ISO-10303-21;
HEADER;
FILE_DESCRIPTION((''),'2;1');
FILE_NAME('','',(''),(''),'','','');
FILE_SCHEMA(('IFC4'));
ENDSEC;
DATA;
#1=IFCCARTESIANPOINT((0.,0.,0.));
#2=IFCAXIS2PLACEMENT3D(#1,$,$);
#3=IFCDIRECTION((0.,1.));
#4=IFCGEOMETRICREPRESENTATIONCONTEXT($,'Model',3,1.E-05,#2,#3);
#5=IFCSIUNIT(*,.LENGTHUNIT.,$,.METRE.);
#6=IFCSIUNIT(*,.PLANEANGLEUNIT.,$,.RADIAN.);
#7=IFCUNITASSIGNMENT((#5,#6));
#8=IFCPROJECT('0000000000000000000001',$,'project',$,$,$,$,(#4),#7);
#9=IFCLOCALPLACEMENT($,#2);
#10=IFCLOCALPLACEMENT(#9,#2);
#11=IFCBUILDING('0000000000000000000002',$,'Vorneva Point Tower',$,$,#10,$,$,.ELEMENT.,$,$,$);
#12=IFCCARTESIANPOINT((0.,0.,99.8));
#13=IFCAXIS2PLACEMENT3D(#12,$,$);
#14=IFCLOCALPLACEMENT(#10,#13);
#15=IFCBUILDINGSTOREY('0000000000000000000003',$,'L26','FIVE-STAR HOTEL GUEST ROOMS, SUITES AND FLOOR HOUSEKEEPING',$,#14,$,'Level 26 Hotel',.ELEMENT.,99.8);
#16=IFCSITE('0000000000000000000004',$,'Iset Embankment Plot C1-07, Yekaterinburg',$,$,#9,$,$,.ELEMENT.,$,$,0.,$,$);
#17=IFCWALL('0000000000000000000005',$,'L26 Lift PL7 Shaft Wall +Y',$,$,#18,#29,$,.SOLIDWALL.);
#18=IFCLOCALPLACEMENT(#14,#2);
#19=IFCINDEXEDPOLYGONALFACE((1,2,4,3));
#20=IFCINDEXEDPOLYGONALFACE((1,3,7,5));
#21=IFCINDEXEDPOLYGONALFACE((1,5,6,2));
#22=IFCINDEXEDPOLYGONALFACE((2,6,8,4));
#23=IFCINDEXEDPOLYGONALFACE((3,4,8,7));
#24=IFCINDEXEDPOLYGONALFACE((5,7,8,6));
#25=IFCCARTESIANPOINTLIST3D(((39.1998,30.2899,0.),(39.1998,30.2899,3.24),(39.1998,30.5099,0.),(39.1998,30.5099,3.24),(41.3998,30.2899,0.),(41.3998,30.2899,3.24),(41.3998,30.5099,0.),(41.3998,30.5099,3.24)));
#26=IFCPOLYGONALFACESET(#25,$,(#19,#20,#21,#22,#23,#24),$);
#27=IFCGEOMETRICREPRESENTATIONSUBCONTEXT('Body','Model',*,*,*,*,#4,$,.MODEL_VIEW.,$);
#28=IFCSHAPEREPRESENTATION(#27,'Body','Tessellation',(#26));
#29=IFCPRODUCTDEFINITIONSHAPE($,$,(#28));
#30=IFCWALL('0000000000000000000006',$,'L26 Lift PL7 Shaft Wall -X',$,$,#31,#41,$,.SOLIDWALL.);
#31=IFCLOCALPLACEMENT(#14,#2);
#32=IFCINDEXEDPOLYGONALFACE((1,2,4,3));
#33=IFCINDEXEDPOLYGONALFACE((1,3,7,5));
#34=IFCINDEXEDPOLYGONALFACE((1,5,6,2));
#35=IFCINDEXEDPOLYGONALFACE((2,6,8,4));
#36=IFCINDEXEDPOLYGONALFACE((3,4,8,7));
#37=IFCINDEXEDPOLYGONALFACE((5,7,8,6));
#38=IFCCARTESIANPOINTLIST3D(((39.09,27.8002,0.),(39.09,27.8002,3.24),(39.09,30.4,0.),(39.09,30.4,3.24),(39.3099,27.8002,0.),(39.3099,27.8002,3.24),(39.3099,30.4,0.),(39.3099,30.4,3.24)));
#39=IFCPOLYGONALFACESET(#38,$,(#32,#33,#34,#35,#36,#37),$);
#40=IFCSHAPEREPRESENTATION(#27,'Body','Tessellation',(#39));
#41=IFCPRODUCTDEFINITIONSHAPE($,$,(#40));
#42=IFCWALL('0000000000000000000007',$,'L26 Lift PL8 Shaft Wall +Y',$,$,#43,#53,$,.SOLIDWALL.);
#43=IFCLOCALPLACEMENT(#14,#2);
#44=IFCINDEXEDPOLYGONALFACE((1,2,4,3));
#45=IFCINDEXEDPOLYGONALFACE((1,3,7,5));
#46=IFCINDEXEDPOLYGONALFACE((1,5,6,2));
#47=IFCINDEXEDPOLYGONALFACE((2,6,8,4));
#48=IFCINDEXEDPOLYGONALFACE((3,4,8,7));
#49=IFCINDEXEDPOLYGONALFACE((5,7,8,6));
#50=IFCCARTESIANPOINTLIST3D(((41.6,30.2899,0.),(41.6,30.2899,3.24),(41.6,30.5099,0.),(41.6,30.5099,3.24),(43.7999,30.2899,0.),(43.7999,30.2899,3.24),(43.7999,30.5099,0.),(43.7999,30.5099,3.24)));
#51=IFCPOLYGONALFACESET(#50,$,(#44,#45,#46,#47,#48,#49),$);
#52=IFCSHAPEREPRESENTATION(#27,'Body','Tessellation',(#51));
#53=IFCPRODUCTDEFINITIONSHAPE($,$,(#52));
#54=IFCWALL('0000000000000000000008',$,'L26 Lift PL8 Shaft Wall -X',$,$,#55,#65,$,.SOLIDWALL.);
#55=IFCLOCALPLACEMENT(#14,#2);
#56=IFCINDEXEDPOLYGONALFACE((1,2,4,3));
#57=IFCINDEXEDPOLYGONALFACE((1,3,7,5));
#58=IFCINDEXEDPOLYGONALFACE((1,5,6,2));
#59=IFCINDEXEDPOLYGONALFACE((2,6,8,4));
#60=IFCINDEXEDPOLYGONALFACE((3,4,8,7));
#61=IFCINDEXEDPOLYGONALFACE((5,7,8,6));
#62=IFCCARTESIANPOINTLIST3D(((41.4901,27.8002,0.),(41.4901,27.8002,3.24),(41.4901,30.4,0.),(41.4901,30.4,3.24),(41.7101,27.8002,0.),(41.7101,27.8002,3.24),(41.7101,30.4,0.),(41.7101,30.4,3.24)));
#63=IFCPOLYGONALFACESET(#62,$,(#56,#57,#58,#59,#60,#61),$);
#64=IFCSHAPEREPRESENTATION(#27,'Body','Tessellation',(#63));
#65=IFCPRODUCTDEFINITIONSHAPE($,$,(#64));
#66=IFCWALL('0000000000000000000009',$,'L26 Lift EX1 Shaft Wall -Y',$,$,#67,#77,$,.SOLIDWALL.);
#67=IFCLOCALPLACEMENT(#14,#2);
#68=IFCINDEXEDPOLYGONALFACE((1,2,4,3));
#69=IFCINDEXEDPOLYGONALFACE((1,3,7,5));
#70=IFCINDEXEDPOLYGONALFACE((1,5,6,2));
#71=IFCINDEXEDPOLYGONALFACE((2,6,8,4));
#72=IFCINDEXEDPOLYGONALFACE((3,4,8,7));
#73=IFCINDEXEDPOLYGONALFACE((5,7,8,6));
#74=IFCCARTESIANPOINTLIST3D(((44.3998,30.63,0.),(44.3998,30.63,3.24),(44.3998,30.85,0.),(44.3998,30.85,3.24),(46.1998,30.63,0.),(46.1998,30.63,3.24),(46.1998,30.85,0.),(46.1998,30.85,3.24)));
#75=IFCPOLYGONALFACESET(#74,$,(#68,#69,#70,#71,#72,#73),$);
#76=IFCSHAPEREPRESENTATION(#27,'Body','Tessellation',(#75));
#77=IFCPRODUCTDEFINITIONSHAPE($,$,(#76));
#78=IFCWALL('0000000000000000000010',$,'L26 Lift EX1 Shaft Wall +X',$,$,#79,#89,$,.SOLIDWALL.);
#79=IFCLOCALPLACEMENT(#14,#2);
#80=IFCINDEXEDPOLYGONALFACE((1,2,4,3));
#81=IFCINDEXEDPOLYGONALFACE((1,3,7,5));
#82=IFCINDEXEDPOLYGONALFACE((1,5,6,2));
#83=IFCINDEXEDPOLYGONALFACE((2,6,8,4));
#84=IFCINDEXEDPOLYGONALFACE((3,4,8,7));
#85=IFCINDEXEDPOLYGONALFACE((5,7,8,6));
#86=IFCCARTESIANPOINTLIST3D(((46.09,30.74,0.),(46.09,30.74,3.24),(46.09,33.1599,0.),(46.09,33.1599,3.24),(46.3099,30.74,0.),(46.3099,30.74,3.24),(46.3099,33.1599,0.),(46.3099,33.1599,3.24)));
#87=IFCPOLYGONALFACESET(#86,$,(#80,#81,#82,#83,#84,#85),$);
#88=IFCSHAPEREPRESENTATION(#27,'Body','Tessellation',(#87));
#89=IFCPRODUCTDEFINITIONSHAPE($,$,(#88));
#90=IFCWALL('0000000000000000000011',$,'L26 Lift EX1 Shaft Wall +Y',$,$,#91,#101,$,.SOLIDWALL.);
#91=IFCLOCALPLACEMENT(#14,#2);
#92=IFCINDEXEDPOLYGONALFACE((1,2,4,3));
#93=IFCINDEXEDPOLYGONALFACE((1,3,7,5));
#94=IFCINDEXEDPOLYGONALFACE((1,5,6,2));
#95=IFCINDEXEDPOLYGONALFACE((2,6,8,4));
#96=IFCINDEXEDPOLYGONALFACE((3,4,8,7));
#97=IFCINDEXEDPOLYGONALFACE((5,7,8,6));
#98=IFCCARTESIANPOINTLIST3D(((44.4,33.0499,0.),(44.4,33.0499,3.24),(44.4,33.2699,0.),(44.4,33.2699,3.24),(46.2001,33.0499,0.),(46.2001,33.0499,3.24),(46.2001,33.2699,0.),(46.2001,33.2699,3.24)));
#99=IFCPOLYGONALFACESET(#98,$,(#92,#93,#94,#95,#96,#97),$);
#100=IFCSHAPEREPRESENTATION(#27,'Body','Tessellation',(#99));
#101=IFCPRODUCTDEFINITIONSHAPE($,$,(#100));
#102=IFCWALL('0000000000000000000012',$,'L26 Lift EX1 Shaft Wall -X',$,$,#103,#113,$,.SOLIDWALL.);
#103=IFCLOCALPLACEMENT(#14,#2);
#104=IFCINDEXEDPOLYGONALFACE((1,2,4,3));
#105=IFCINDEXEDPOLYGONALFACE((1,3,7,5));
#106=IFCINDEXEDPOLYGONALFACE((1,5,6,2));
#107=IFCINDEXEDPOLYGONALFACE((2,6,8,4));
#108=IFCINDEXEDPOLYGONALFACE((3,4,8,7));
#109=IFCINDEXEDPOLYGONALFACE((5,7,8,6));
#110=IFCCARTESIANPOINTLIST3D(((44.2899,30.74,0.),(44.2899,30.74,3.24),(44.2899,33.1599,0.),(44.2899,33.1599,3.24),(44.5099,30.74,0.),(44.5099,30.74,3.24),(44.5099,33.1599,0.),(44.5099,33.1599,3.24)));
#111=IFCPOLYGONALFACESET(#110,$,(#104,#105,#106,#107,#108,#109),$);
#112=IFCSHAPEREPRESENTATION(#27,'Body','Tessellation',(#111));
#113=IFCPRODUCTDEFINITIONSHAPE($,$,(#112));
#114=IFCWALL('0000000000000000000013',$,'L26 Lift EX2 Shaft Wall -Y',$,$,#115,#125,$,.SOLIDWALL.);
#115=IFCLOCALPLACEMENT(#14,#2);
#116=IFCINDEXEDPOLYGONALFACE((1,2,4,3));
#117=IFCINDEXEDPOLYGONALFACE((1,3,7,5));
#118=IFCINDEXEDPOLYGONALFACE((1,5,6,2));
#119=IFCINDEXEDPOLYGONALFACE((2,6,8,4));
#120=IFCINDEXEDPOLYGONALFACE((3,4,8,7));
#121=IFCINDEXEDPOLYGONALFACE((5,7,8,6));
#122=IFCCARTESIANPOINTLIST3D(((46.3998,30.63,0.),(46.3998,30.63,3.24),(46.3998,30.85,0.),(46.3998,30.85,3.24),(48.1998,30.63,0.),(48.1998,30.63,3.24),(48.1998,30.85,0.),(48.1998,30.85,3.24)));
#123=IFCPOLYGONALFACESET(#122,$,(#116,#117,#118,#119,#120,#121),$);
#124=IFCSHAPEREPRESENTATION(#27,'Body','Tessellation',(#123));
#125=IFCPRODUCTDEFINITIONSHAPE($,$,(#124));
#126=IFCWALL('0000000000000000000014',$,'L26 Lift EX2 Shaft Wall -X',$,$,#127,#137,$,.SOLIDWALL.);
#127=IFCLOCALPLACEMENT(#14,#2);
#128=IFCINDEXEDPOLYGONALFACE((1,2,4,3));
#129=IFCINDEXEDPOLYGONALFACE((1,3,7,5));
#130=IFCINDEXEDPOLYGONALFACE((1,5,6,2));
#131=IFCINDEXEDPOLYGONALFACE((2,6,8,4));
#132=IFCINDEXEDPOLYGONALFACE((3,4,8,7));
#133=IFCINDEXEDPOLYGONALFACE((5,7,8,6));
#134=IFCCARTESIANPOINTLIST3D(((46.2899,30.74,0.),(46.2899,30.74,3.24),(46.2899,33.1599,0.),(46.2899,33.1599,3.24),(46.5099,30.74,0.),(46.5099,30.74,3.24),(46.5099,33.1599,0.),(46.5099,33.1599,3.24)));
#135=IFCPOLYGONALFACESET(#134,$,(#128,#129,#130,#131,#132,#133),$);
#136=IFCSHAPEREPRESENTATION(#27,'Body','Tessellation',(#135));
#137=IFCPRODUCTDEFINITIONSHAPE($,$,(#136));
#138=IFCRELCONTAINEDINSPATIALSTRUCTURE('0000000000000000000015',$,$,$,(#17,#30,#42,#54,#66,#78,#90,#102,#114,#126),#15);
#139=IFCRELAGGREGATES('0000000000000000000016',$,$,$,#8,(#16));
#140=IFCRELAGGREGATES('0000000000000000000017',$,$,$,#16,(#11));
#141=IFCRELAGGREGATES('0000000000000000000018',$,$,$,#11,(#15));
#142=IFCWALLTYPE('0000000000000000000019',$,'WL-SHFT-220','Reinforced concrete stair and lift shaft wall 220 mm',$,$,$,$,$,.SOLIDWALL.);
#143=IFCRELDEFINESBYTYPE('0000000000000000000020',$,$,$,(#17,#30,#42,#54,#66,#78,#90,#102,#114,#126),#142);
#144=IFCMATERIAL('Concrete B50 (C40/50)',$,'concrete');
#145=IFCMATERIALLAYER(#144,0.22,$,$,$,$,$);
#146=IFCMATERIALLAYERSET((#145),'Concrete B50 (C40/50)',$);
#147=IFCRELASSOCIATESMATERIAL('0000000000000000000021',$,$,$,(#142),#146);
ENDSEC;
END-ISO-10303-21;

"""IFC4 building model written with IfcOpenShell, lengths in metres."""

from ifc_helpers import new_model, si_unit, direction, frame, frame_2d, origin, place, context, subcontext, project, spatial, rectangle, extrude, material, layer, layer_set, type_object, element, save


model = new_model("IFC4")

# Units and contexts
model_context = context("Model", 3, precision=1e-05, world=origin(), true_north=direction((0.0, 1.0)))
body_context = subcontext(model_context, "Body", "Model", "MODEL_VIEW")
ifc_project = project(units=[si_unit("LENGTHUNIT", "METRE"), si_unit("PLANEANGLEUNIT", "RADIAN")], contexts=[model_context])

# Site, building, storey
site_placement = place(None, origin())
site = spatial("IfcSite", under=ifc_project, at=site_placement, Name="Iset Embankment Plot C1-07, Yekaterinburg", CompositionType="ELEMENT", RefElevation=0.0)
building_placement = place(site_placement, origin())
building = spatial("IfcBuilding", under=site, at=building_placement, Name="Vorneva Point Tower", CompositionType="ELEMENT")
storey_placement = place(building_placement, frame((0.0, 0.0, 99.8)))
storey = spatial("IfcBuildingStorey", under=building, at=storey_placement, Name="L26", Description="FIVE-STAR HOTEL GUEST ROOMS, SUITES AND FLOOR HOUSEKEEPING", LongName="Level 26 Hotel", CompositionType="ELEMENT", Elevation=99.8)

# Walls
ifc_material_1 = material(Name="Concrete B50 (C40/50)", Category="concrete")
ifc_layer_1 = layer(ifc_material_1, 0.22)
ifc_layer_set_1 = layer_set([ifc_layer_1], Name="Concrete B50 (C40/50)")
wall_type_1 = type_object("IfcWallType", Name="WL-SHFT-220", Description="Reinforced concrete stair and lift shaft wall 220 mm", PredefinedType="SOLIDWALL", material=ifc_layer_set_1)
wall_1_placement = place(storey_placement, frame((41.3999, 30.3999, 0.0), z_axis=(0.0, 0.0, 1.0), x_axis=(-1.0, 0.0, 0.0)))
element("IfcWall", 1, at=wall_1_placement, inside=storey, type_object=wall_type_1, Name="L26 Lift PL7 Shaft Wall +Y", PredefinedType="SOLIDWALL", context=body_context, shape_type="SweptSolid", body=[
    extrude(rectangle(XDim=2.2, YDim=0.22, at=frame_2d((1.1001, 0.0))), origin(), (0.0, 0.0, 1.0), 3.24),
])
wall_2_placement = place(storey_placement, frame((39.2, 30.3999, 0.0), z_axis=(0.0, 0.0, 1.0), x_axis=(0.0, -1.0, 0.0)))
element("IfcWall", 2, at=wall_2_placement, inside=storey, type_object=wall_type_1, Name="L26 Lift PL7 Shaft Wall -X", PredefinedType="SOLIDWALL", context=body_context, shape_type="SweptSolid", body=[
    extrude(rectangle(XDim=2.5999, YDim=0.22, at=frame_2d((1.2998, 0.0))), origin(), (0.0, 0.0, 1.0), 3.24),
])
wall_3_placement = place(storey_placement, frame((43.8, 30.3999, 0.0), z_axis=(0.0, 0.0, 1.0), x_axis=(-1.0, 0.0, 0.0)))
element("IfcWall", 3, at=wall_3_placement, inside=storey, type_object=wall_type_1, Name="L26 Lift PL8 Shaft Wall +Y", PredefinedType="SOLIDWALL", context=body_context, shape_type="SweptSolid", body=[
    extrude(rectangle(XDim=2.2, YDim=0.22, at=frame_2d((1.1001, 0.0))), origin(), (0.0, 0.0, 1.0), 3.24),
])
wall_4_placement = place(storey_placement, frame((41.6001, 30.3999, 0.0), z_axis=(0.0, 0.0, 1.0), x_axis=(0.0, -1.0, 0.0)))
element("IfcWall", 4, at=wall_4_placement, inside=storey, type_object=wall_type_1, Name="L26 Lift PL8 Shaft Wall -X", PredefinedType="SOLIDWALL", context=body_context, shape_type="SweptSolid", body=[
    extrude(rectangle(XDim=2.5999, YDim=0.22, at=frame_2d((1.2998, 0.0))), origin(), (0.0, 0.0, 1.0), 3.24),
])
wall_5_placement = place(storey_placement, frame((44.3999, 30.74, 0.0), z_axis=(0.0, 0.0, 1.0), x_axis=(1.0, 0.0, 0.0)))
element("IfcWall", 5, at=wall_5_placement, inside=storey, type_object=wall_type_1, Name="L26 Lift EX1 Shaft Wall -Y", PredefinedType="SOLIDWALL", context=body_context, shape_type="SweptSolid", body=[
    extrude(rectangle(XDim=1.8, YDim=0.22, at=frame_2d((0.8999, 0.0))), origin(), (0.0, 0.0, 1.0), 3.24),
])
wall_6_placement = place(storey_placement, frame((46.2, 30.74, 0.0), z_axis=(0.0, 0.0, 1.0), x_axis=(0.0, 1.0, 0.0)))
element("IfcWall", 6, at=wall_6_placement, inside=storey, type_object=wall_type_1, Name="L26 Lift EX1 Shaft Wall +X", PredefinedType="SOLIDWALL", context=body_context, shape_type="SweptSolid", body=[
    extrude(rectangle(XDim=2.4199, YDim=0.22, at=frame_2d((1.21, 0.0))), origin(), (0.0, 0.0, 1.0), 3.24),
])
wall_7_placement = place(storey_placement, frame((46.2, 33.1599, 0.0), z_axis=(0.0, 0.0, 1.0), x_axis=(-1.0, 0.0, 0.0)))
element("IfcWall", 7, at=wall_7_placement, inside=storey, type_object=wall_type_1, Name="L26 Lift EX1 Shaft Wall +Y", PredefinedType="SOLIDWALL", context=body_context, shape_type="SweptSolid", body=[
    extrude(rectangle(XDim=1.8, YDim=0.22, at=frame_2d((0.8999, 0.0))), origin(), (0.0, 0.0, 1.0), 3.24),
])
wall_8_placement = place(storey_placement, frame((44.3999, 33.1599, 0.0), z_axis=(0.0, 0.0, 1.0), x_axis=(0.0, -1.0, 0.0)))
element("IfcWall", 8, at=wall_8_placement, inside=storey, type_object=wall_type_1, Name="L26 Lift EX1 Shaft Wall -X", PredefinedType="SOLIDWALL", context=body_context, shape_type="SweptSolid", body=[
    extrude(rectangle(XDim=2.4199, YDim=0.22, at=frame_2d((1.21, 0.0))), origin(), (0.0, 0.0, 1.0), 3.24),
])
wall_9_placement = place(storey_placement, frame((46.3999, 30.74, 0.0), z_axis=(0.0, 0.0, 1.0), x_axis=(1.0, 0.0, 0.0)))
element("IfcWall", 9, at=wall_9_placement, inside=storey, type_object=wall_type_1, Name="L26 Lift EX2 Shaft Wall -Y", PredefinedType="SOLIDWALL", context=body_context, shape_type="SweptSolid", body=[
    extrude(rectangle(XDim=1.8, YDim=0.22, at=frame_2d((0.8999, 0.0))), origin(), (0.0, 0.0, 1.0), 3.24),
])
wall_10_placement = place(storey_placement, frame((46.3999, 33.1599, 0.0), z_axis=(0.0, 0.0, 1.0), x_axis=(0.0, -1.0, 0.0)))
element("IfcWall", 10, at=wall_10_placement, inside=storey, type_object=wall_type_1, Name="L26 Lift EX2 Shaft Wall -X", PredefinedType="SOLIDWALL", context=body_context, shape_type="SweptSolid", body=[
    extrude(rectangle(XDim=2.4199, YDim=0.22, at=frame_2d((1.21, 0.0))), origin(), (0.0, 0.0, 1.0), 3.24),
])

save(model, "model.ifc")
